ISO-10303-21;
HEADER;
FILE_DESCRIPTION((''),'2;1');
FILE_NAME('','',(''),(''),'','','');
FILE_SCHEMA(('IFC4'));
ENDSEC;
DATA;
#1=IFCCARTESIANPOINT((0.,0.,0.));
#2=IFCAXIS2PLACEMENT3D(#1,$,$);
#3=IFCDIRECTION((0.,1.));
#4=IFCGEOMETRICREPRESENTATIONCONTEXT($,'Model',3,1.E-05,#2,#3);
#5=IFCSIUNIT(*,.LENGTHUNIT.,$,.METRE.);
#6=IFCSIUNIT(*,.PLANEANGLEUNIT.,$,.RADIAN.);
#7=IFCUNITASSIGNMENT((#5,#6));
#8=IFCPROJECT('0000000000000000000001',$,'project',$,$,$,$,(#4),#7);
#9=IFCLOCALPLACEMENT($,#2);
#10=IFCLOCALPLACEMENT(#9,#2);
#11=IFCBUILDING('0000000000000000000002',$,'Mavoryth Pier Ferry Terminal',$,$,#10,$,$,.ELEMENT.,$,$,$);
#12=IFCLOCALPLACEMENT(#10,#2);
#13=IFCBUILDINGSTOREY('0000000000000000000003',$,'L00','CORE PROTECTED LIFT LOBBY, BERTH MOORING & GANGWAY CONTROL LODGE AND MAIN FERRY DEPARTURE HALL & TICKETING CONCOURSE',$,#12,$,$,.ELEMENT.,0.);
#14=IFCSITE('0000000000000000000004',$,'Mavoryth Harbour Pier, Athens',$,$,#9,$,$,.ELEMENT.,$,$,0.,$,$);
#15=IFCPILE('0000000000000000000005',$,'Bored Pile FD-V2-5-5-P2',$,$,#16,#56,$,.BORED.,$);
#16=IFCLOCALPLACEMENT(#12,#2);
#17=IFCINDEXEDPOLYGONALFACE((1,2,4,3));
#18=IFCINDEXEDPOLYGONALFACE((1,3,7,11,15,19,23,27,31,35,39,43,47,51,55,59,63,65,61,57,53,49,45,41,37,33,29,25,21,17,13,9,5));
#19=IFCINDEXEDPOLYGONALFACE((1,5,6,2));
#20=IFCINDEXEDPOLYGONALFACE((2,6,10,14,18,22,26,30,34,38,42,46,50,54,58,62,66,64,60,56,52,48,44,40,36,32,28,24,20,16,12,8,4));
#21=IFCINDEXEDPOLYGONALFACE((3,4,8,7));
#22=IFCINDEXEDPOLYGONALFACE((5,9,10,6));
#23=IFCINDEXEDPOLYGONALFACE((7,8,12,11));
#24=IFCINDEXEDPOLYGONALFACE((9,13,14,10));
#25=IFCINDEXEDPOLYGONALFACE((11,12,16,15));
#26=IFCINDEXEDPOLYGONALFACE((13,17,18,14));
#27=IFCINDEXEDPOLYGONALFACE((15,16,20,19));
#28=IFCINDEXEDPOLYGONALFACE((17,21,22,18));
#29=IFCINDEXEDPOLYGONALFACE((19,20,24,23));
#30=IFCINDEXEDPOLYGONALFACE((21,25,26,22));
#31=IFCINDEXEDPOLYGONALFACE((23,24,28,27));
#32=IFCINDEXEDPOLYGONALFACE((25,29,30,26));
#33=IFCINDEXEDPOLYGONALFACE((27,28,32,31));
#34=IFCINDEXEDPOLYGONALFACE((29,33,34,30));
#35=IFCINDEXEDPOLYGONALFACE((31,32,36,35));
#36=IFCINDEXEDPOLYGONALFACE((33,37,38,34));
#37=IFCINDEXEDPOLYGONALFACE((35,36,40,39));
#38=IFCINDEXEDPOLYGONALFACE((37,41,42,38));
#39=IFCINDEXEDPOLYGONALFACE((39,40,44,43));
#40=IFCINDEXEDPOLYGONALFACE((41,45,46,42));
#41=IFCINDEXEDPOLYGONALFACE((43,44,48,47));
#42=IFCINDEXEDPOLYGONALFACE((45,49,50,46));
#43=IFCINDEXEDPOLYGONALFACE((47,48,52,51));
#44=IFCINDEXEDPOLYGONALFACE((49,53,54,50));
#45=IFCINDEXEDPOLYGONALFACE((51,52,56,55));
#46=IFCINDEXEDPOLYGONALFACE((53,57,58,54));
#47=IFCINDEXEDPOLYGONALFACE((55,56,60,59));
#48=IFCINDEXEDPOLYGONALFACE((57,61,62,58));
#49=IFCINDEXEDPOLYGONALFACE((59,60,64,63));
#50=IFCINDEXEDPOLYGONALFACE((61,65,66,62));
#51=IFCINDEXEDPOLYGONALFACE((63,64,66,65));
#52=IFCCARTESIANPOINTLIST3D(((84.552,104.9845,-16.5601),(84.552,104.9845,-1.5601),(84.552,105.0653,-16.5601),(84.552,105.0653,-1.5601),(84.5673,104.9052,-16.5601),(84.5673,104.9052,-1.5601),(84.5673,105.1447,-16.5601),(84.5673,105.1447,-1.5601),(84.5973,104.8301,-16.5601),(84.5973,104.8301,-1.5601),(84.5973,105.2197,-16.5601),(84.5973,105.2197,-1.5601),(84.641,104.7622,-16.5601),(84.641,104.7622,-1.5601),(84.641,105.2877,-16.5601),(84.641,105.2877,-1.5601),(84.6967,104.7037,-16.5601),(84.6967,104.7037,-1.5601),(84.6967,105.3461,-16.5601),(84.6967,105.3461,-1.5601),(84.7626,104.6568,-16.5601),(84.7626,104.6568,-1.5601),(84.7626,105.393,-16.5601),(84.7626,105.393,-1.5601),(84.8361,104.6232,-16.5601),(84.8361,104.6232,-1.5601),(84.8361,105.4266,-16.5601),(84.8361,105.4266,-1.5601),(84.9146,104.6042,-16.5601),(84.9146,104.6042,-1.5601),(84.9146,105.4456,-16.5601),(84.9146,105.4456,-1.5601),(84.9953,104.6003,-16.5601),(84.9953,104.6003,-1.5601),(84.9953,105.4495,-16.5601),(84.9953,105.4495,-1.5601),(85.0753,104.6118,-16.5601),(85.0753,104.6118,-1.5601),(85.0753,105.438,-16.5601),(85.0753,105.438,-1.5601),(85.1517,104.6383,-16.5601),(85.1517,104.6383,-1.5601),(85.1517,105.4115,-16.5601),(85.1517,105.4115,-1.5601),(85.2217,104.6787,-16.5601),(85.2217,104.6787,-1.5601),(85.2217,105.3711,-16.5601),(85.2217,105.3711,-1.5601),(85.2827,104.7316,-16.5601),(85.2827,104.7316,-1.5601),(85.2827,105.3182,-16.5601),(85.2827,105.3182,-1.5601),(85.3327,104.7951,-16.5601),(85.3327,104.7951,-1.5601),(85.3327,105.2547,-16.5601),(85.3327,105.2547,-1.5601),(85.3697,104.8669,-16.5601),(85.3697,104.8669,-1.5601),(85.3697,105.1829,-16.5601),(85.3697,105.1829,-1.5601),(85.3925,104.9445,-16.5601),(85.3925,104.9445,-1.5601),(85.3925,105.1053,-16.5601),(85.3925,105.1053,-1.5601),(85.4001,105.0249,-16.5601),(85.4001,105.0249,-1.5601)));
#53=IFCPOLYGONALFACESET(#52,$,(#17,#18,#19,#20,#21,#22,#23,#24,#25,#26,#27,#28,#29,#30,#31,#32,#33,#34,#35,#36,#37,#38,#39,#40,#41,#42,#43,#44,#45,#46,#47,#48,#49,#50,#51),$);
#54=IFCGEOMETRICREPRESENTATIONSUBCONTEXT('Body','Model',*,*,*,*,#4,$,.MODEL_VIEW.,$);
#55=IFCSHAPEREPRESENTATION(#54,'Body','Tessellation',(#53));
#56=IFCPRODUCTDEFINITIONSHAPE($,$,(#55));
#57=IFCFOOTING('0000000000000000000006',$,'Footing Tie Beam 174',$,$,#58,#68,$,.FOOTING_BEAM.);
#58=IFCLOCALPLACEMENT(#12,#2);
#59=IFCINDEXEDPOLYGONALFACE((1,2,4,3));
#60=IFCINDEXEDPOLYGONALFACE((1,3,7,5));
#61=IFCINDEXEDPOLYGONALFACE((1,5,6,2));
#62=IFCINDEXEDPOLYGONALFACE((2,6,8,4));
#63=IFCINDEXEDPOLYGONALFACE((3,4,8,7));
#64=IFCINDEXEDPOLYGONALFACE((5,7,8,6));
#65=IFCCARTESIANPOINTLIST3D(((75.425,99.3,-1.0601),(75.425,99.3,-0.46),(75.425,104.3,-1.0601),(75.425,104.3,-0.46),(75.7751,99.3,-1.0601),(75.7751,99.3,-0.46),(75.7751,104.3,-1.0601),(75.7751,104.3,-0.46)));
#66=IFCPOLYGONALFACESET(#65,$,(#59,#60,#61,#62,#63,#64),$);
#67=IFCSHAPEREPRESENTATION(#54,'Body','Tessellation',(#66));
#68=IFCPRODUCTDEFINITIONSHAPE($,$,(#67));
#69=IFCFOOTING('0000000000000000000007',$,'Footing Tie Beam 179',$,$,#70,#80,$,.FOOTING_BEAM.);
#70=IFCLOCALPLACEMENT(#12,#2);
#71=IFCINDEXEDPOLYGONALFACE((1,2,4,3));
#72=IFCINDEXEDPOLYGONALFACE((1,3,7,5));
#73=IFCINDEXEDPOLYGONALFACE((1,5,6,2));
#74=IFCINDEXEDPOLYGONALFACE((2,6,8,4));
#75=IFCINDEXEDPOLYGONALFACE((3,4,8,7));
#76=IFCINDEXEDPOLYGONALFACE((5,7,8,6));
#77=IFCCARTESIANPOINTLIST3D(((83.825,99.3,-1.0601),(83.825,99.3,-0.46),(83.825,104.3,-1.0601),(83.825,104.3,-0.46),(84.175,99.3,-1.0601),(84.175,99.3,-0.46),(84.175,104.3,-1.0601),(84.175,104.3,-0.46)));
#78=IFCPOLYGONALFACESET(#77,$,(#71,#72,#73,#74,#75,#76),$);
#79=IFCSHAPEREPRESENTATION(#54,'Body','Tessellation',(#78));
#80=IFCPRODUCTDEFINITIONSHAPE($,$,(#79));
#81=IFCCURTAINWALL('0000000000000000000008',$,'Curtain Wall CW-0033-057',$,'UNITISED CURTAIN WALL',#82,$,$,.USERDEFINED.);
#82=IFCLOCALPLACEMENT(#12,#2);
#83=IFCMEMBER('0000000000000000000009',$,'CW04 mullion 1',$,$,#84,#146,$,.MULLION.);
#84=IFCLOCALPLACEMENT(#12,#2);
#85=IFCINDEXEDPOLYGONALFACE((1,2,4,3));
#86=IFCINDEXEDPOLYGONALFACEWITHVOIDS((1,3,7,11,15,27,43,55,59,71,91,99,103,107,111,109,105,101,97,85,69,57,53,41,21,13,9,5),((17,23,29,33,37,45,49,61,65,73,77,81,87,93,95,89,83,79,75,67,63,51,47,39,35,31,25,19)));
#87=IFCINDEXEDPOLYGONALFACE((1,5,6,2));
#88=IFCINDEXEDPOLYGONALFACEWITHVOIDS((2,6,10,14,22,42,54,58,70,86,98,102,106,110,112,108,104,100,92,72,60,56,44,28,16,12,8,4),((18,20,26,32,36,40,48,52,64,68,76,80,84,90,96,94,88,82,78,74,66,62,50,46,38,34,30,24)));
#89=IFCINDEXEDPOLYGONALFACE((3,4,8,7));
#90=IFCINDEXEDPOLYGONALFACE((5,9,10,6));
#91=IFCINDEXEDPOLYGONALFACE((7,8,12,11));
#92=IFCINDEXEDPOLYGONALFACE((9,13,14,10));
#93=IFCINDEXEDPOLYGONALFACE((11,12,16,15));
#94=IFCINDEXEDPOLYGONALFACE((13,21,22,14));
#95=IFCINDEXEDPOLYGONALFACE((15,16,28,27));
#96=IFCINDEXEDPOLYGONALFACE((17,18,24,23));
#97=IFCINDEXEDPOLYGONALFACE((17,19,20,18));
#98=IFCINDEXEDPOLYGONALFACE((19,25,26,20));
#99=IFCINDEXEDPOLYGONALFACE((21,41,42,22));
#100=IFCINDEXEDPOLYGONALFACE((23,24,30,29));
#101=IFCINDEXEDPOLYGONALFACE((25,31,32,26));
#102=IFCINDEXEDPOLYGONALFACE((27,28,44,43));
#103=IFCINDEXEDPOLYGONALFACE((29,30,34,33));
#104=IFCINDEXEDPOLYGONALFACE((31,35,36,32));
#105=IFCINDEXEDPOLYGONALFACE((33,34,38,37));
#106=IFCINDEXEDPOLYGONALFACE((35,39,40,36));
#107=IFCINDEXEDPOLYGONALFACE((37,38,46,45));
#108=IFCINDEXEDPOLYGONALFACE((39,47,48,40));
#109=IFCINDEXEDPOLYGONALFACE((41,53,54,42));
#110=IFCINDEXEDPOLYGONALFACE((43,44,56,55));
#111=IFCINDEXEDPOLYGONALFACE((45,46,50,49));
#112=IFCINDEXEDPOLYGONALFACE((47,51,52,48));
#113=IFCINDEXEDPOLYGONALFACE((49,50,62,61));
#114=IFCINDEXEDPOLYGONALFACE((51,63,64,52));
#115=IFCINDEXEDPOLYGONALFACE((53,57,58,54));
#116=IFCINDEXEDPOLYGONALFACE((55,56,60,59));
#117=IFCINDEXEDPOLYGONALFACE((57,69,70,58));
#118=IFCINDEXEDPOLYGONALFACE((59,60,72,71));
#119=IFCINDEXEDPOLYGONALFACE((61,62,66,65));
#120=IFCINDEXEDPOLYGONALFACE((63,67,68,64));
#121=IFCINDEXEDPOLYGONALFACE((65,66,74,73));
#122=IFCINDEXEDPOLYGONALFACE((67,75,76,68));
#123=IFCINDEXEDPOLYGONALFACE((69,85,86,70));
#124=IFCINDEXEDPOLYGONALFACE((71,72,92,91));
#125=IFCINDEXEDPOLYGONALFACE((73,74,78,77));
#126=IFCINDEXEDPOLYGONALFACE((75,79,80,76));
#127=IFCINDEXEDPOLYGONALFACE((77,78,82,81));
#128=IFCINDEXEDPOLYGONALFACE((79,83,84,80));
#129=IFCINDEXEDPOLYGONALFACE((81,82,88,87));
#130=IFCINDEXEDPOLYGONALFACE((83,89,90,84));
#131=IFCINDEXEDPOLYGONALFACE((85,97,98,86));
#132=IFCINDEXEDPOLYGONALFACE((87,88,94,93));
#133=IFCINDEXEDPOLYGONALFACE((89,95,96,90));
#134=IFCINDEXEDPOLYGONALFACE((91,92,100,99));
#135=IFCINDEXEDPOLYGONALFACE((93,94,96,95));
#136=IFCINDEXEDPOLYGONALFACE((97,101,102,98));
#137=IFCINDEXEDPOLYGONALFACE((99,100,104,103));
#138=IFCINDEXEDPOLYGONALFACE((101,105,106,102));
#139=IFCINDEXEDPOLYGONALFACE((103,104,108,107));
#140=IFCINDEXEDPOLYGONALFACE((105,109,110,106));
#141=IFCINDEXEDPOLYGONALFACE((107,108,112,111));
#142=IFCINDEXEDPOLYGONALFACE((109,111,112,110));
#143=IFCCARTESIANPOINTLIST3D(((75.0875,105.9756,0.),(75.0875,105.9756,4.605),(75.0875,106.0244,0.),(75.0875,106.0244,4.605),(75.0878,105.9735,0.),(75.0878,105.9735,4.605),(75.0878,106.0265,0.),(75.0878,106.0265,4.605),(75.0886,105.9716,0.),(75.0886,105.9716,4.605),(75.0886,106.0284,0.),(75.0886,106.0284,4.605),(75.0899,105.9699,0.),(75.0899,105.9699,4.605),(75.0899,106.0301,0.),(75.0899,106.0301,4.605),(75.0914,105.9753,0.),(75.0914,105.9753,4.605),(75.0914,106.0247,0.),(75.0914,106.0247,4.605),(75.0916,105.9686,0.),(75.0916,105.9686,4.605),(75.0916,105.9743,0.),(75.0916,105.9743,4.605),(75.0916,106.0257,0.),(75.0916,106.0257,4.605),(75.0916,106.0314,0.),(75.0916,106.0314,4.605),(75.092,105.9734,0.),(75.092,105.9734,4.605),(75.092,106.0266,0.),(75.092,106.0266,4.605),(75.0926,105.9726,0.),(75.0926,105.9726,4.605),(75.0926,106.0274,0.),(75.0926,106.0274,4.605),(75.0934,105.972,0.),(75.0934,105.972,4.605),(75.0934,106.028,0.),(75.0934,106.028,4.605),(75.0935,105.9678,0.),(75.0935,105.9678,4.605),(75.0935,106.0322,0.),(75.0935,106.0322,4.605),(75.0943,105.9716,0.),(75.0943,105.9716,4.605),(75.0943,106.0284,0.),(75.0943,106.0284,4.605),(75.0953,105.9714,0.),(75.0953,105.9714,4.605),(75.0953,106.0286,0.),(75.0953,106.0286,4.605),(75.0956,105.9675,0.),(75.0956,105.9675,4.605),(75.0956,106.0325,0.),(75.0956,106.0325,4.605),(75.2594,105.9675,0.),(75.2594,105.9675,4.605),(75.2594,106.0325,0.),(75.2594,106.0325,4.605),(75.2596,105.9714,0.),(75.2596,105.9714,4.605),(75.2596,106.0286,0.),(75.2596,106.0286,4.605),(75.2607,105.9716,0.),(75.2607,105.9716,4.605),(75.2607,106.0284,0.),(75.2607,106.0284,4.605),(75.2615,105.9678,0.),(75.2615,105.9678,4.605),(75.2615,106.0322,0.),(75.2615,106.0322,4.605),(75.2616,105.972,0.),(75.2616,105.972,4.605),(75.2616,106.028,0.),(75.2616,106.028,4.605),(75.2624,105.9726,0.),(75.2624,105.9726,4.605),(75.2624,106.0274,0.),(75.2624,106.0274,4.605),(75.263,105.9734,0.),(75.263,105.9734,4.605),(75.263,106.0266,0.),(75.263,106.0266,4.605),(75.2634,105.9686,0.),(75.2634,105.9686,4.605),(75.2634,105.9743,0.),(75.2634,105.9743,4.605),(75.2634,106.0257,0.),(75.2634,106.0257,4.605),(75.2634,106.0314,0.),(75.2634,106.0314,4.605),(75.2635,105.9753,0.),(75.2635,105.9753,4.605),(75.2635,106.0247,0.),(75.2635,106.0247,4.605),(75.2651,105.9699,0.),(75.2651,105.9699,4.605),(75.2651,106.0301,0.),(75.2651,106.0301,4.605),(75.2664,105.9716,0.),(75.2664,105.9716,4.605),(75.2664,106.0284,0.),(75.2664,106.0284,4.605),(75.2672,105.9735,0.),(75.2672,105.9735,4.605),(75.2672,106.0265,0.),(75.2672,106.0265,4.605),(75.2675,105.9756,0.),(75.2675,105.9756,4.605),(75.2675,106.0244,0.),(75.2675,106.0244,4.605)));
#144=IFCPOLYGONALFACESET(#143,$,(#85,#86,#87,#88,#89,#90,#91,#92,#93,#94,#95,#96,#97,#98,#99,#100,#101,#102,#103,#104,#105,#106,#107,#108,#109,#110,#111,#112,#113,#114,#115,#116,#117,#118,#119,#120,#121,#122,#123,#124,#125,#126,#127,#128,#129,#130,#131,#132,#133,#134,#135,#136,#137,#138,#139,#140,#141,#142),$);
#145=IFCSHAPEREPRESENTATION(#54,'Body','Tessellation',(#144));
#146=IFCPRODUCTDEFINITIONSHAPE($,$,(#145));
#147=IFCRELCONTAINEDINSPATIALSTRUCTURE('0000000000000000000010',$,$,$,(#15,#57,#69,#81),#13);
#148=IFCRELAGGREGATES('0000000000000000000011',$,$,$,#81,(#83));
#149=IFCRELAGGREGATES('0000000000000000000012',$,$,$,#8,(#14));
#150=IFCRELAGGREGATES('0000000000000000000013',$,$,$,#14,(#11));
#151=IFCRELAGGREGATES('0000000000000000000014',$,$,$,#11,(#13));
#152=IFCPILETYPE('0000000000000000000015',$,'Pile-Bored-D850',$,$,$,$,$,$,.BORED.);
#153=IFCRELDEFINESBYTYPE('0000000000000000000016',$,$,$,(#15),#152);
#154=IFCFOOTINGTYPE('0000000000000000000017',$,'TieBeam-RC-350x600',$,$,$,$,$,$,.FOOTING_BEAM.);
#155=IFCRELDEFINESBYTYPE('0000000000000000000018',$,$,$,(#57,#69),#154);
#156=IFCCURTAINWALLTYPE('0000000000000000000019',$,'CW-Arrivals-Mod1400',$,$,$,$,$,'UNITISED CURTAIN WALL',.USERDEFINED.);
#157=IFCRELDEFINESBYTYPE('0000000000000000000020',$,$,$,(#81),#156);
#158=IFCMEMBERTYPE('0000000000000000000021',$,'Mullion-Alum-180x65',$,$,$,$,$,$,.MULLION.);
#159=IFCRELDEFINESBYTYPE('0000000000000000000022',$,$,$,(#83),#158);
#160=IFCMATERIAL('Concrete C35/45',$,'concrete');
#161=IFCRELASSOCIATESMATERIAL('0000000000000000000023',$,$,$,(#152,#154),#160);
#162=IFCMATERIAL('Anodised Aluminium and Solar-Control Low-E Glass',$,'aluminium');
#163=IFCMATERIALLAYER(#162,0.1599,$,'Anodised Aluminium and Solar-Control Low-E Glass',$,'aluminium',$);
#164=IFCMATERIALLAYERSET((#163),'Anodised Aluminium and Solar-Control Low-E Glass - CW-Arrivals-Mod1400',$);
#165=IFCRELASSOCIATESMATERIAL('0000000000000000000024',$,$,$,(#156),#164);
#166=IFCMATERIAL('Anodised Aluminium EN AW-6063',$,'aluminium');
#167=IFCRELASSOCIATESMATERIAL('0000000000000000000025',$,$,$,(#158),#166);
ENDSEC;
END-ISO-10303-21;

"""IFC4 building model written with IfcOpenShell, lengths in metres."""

from ifc_helpers import new_model, si_unit, direction, frame, origin, origin_2d, place, context, subcontext, project, spatial, rectangle, hollow_rectangle, circle, extrude, material, layer, layer_set, material_profile, profile_set, type_object, element, aggregate, save


model = new_model("IFC4")

# Units and contexts
model_context = context("Model", 3, precision=1e-05, world=origin(), true_north=direction((0.0, 1.0)))
body_context = subcontext(model_context, "Body", "Model", "MODEL_VIEW")
ifc_project = project(units=[si_unit("LENGTHUNIT", "METRE"), si_unit("PLANEANGLEUNIT", "RADIAN")], contexts=[model_context])

# Site, building, storey
site_placement = place(None, origin())
site = spatial("IfcSite", under=ifc_project, at=site_placement, Name="Mavoryth Harbour Pier, Athens", CompositionType="ELEMENT", RefElevation=0.0)
building_placement = place(site_placement, origin())
building = spatial("IfcBuilding", under=site, at=building_placement, Name="Mavoryth Pier Ferry Terminal", CompositionType="ELEMENT")
storey_placement = place(building_placement, origin())
storey = spatial("IfcBuildingStorey", under=building, at=storey_placement, Name="L00", Description="CORE PROTECTED LIFT LOBBY, BERTH MOORING & GANGWAY CONTROL LODGE AND MAIN FERRY DEPARTURE HALL & TICKETING CONCOURSE", CompositionType="ELEMENT", Elevation=0.0)

# Shared definitions
ifc_material_1 = material(Name="Concrete C35/45", Category="concrete")

# Pile
ifc_material_profile_1 = material_profile(ifc_material_1, circle(Radius=0.425, at=origin_2d()), Name="PILE D850", Category="concrete")
ifc_profile_set_1 = profile_set([ifc_material_profile_1], Name="Concrete C35/45 - PILE D850")
pile_type = type_object("IfcPileType", Name="Pile-Bored-D850", PredefinedType="BORED", material=ifc_profile_set_1)
for number, where, z_axis, x_axis, name in (
    (1, (84.9751, 105.0249, -1.5601), (0.0, 0.0, -1.0), (1.0, 0.0, 0.0), "Bored Pile FD-V2-5-5-P2"),
):
    element("IfcPile", number, at=place(storey_placement, frame(where, z_axis=z_axis, x_axis=x_axis)), inside=storey, type_object=pile_type, Name=name, PredefinedType="BORED", context=body_context, shape_type="SweptSolid", body=[
        extrude(circle(Radius=0.425, at=origin_2d()), origin(), (0.0, 0.0, 1.0), 15.0),
    ])

# Footings
ifc_material_profile_2 = material_profile(ifc_material_1, rectangle(XDim=0.3501, YDim=0.6001, at=origin_2d()), Name="RC 350x600", Category="concrete")
ifc_profile_set_2 = profile_set([ifc_material_profile_2], Name="Concrete C35/45 - RC 350x600")
footing_type_1 = type_object("IfcFootingType", Name="TieBeam-RC-350x600", PredefinedType="FOOTING_BEAM", material=ifc_profile_set_2)
for number, where, z_axis, x_axis, name in (
    (2, (75.6001, 99.3, -0.76), (0.0, 1.0, 0.0), (-1.0, 0.0, 0.0), "Footing Tie Beam 174"),
    (3, (84.0, 99.3, -0.76), (0.0, 1.0, 0.0), (-1.0, 0.0, 0.0), "Footing Tie Beam 179"),
):
    element("IfcFooting", number, at=place(storey_placement, frame(where, z_axis=z_axis, x_axis=x_axis)), inside=storey, type_object=footing_type_1, Name=name, PredefinedType="FOOTING_BEAM", context=body_context, shape_type="SweptSolid", body=[
        extrude(rectangle(XDim=0.3501, YDim=0.6001, at=origin_2d()), origin(), (0.0, 0.0, 1.0), 5.0),
    ])

# Curtain wall, member
ifc_material_2 = material(Name="Anodised Aluminium and Solar-Control Low-E Glass", Category="aluminium")
ifc_layer_1 = layer(ifc_material_2, 0.1599, Name="Anodised Aluminium and Solar-Control Low-E Glass", Category="aluminium")
ifc_layer_set_1 = layer_set([ifc_layer_1], Name="Anodised Aluminium and Solar-Control Low-E Glass - CW-Arrivals-Mod1400")
curtain_wall_type = type_object("IfcCurtainWallType", Name="CW-Arrivals-Mod1400", ElementType="UNITISED CURTAIN WALL", PredefinedType="USERDEFINED", material=ifc_layer_set_1)
curtain_wall_placement = place(storey_placement, origin())
curtain_wall = element("IfcCurtainWall", 4, at=curtain_wall_placement, inside=storey, type_object=curtain_wall_type, Name="Curtain Wall CW-0033-057", ObjectType="UNITISED CURTAIN WALL", PredefinedType="USERDEFINED")
ifc_material_3 = material(Name="Anodised Aluminium EN AW-6063", Category="aluminium")
ifc_material_profile_3 = material_profile(ifc_material_3, hollow_rectangle(XDim=0.0649, YDim=0.1799, WallThickness=0.0039, InnerFilletRadius=0.0039, OuterFilletRadius=0.0081, at=origin_2d()), Name="AL-MULL 180x65x4", Category="aluminium")
ifc_profile_set_3 = profile_set([ifc_material_profile_3], Name="Anodised Aluminium EN AW-6063 - AL-MULL 180x65x4")
member_type_1 = type_object("IfcMemberType", Name="Mullion-Alum-180x65", PredefinedType="MULLION", material=ifc_profile_set_3)
member_1_placement = place(storey_placement, frame((75.1775, 106.0, 0.0), z_axis=(0.0, 0.0, 1.0), x_axis=(0.0, -1.0, 0.0)))
member_1 = element("IfcMember", 5, at=member_1_placement, type_object=member_type_1, Name="CW04 mullion 1", PredefinedType="MULLION", context=body_context, shape_type="SweptSolid", body=[
    extrude(hollow_rectangle(XDim=0.0649, YDim=0.1799, WallThickness=0.0039, InnerFilletRadius=0.0039, OuterFilletRadius=0.0081, at=origin_2d()), origin(), (0.0, 0.0, 1.0), 4.605),
])
aggregate(curtain_wall, [member_1])

save(model, "model.ifc")
